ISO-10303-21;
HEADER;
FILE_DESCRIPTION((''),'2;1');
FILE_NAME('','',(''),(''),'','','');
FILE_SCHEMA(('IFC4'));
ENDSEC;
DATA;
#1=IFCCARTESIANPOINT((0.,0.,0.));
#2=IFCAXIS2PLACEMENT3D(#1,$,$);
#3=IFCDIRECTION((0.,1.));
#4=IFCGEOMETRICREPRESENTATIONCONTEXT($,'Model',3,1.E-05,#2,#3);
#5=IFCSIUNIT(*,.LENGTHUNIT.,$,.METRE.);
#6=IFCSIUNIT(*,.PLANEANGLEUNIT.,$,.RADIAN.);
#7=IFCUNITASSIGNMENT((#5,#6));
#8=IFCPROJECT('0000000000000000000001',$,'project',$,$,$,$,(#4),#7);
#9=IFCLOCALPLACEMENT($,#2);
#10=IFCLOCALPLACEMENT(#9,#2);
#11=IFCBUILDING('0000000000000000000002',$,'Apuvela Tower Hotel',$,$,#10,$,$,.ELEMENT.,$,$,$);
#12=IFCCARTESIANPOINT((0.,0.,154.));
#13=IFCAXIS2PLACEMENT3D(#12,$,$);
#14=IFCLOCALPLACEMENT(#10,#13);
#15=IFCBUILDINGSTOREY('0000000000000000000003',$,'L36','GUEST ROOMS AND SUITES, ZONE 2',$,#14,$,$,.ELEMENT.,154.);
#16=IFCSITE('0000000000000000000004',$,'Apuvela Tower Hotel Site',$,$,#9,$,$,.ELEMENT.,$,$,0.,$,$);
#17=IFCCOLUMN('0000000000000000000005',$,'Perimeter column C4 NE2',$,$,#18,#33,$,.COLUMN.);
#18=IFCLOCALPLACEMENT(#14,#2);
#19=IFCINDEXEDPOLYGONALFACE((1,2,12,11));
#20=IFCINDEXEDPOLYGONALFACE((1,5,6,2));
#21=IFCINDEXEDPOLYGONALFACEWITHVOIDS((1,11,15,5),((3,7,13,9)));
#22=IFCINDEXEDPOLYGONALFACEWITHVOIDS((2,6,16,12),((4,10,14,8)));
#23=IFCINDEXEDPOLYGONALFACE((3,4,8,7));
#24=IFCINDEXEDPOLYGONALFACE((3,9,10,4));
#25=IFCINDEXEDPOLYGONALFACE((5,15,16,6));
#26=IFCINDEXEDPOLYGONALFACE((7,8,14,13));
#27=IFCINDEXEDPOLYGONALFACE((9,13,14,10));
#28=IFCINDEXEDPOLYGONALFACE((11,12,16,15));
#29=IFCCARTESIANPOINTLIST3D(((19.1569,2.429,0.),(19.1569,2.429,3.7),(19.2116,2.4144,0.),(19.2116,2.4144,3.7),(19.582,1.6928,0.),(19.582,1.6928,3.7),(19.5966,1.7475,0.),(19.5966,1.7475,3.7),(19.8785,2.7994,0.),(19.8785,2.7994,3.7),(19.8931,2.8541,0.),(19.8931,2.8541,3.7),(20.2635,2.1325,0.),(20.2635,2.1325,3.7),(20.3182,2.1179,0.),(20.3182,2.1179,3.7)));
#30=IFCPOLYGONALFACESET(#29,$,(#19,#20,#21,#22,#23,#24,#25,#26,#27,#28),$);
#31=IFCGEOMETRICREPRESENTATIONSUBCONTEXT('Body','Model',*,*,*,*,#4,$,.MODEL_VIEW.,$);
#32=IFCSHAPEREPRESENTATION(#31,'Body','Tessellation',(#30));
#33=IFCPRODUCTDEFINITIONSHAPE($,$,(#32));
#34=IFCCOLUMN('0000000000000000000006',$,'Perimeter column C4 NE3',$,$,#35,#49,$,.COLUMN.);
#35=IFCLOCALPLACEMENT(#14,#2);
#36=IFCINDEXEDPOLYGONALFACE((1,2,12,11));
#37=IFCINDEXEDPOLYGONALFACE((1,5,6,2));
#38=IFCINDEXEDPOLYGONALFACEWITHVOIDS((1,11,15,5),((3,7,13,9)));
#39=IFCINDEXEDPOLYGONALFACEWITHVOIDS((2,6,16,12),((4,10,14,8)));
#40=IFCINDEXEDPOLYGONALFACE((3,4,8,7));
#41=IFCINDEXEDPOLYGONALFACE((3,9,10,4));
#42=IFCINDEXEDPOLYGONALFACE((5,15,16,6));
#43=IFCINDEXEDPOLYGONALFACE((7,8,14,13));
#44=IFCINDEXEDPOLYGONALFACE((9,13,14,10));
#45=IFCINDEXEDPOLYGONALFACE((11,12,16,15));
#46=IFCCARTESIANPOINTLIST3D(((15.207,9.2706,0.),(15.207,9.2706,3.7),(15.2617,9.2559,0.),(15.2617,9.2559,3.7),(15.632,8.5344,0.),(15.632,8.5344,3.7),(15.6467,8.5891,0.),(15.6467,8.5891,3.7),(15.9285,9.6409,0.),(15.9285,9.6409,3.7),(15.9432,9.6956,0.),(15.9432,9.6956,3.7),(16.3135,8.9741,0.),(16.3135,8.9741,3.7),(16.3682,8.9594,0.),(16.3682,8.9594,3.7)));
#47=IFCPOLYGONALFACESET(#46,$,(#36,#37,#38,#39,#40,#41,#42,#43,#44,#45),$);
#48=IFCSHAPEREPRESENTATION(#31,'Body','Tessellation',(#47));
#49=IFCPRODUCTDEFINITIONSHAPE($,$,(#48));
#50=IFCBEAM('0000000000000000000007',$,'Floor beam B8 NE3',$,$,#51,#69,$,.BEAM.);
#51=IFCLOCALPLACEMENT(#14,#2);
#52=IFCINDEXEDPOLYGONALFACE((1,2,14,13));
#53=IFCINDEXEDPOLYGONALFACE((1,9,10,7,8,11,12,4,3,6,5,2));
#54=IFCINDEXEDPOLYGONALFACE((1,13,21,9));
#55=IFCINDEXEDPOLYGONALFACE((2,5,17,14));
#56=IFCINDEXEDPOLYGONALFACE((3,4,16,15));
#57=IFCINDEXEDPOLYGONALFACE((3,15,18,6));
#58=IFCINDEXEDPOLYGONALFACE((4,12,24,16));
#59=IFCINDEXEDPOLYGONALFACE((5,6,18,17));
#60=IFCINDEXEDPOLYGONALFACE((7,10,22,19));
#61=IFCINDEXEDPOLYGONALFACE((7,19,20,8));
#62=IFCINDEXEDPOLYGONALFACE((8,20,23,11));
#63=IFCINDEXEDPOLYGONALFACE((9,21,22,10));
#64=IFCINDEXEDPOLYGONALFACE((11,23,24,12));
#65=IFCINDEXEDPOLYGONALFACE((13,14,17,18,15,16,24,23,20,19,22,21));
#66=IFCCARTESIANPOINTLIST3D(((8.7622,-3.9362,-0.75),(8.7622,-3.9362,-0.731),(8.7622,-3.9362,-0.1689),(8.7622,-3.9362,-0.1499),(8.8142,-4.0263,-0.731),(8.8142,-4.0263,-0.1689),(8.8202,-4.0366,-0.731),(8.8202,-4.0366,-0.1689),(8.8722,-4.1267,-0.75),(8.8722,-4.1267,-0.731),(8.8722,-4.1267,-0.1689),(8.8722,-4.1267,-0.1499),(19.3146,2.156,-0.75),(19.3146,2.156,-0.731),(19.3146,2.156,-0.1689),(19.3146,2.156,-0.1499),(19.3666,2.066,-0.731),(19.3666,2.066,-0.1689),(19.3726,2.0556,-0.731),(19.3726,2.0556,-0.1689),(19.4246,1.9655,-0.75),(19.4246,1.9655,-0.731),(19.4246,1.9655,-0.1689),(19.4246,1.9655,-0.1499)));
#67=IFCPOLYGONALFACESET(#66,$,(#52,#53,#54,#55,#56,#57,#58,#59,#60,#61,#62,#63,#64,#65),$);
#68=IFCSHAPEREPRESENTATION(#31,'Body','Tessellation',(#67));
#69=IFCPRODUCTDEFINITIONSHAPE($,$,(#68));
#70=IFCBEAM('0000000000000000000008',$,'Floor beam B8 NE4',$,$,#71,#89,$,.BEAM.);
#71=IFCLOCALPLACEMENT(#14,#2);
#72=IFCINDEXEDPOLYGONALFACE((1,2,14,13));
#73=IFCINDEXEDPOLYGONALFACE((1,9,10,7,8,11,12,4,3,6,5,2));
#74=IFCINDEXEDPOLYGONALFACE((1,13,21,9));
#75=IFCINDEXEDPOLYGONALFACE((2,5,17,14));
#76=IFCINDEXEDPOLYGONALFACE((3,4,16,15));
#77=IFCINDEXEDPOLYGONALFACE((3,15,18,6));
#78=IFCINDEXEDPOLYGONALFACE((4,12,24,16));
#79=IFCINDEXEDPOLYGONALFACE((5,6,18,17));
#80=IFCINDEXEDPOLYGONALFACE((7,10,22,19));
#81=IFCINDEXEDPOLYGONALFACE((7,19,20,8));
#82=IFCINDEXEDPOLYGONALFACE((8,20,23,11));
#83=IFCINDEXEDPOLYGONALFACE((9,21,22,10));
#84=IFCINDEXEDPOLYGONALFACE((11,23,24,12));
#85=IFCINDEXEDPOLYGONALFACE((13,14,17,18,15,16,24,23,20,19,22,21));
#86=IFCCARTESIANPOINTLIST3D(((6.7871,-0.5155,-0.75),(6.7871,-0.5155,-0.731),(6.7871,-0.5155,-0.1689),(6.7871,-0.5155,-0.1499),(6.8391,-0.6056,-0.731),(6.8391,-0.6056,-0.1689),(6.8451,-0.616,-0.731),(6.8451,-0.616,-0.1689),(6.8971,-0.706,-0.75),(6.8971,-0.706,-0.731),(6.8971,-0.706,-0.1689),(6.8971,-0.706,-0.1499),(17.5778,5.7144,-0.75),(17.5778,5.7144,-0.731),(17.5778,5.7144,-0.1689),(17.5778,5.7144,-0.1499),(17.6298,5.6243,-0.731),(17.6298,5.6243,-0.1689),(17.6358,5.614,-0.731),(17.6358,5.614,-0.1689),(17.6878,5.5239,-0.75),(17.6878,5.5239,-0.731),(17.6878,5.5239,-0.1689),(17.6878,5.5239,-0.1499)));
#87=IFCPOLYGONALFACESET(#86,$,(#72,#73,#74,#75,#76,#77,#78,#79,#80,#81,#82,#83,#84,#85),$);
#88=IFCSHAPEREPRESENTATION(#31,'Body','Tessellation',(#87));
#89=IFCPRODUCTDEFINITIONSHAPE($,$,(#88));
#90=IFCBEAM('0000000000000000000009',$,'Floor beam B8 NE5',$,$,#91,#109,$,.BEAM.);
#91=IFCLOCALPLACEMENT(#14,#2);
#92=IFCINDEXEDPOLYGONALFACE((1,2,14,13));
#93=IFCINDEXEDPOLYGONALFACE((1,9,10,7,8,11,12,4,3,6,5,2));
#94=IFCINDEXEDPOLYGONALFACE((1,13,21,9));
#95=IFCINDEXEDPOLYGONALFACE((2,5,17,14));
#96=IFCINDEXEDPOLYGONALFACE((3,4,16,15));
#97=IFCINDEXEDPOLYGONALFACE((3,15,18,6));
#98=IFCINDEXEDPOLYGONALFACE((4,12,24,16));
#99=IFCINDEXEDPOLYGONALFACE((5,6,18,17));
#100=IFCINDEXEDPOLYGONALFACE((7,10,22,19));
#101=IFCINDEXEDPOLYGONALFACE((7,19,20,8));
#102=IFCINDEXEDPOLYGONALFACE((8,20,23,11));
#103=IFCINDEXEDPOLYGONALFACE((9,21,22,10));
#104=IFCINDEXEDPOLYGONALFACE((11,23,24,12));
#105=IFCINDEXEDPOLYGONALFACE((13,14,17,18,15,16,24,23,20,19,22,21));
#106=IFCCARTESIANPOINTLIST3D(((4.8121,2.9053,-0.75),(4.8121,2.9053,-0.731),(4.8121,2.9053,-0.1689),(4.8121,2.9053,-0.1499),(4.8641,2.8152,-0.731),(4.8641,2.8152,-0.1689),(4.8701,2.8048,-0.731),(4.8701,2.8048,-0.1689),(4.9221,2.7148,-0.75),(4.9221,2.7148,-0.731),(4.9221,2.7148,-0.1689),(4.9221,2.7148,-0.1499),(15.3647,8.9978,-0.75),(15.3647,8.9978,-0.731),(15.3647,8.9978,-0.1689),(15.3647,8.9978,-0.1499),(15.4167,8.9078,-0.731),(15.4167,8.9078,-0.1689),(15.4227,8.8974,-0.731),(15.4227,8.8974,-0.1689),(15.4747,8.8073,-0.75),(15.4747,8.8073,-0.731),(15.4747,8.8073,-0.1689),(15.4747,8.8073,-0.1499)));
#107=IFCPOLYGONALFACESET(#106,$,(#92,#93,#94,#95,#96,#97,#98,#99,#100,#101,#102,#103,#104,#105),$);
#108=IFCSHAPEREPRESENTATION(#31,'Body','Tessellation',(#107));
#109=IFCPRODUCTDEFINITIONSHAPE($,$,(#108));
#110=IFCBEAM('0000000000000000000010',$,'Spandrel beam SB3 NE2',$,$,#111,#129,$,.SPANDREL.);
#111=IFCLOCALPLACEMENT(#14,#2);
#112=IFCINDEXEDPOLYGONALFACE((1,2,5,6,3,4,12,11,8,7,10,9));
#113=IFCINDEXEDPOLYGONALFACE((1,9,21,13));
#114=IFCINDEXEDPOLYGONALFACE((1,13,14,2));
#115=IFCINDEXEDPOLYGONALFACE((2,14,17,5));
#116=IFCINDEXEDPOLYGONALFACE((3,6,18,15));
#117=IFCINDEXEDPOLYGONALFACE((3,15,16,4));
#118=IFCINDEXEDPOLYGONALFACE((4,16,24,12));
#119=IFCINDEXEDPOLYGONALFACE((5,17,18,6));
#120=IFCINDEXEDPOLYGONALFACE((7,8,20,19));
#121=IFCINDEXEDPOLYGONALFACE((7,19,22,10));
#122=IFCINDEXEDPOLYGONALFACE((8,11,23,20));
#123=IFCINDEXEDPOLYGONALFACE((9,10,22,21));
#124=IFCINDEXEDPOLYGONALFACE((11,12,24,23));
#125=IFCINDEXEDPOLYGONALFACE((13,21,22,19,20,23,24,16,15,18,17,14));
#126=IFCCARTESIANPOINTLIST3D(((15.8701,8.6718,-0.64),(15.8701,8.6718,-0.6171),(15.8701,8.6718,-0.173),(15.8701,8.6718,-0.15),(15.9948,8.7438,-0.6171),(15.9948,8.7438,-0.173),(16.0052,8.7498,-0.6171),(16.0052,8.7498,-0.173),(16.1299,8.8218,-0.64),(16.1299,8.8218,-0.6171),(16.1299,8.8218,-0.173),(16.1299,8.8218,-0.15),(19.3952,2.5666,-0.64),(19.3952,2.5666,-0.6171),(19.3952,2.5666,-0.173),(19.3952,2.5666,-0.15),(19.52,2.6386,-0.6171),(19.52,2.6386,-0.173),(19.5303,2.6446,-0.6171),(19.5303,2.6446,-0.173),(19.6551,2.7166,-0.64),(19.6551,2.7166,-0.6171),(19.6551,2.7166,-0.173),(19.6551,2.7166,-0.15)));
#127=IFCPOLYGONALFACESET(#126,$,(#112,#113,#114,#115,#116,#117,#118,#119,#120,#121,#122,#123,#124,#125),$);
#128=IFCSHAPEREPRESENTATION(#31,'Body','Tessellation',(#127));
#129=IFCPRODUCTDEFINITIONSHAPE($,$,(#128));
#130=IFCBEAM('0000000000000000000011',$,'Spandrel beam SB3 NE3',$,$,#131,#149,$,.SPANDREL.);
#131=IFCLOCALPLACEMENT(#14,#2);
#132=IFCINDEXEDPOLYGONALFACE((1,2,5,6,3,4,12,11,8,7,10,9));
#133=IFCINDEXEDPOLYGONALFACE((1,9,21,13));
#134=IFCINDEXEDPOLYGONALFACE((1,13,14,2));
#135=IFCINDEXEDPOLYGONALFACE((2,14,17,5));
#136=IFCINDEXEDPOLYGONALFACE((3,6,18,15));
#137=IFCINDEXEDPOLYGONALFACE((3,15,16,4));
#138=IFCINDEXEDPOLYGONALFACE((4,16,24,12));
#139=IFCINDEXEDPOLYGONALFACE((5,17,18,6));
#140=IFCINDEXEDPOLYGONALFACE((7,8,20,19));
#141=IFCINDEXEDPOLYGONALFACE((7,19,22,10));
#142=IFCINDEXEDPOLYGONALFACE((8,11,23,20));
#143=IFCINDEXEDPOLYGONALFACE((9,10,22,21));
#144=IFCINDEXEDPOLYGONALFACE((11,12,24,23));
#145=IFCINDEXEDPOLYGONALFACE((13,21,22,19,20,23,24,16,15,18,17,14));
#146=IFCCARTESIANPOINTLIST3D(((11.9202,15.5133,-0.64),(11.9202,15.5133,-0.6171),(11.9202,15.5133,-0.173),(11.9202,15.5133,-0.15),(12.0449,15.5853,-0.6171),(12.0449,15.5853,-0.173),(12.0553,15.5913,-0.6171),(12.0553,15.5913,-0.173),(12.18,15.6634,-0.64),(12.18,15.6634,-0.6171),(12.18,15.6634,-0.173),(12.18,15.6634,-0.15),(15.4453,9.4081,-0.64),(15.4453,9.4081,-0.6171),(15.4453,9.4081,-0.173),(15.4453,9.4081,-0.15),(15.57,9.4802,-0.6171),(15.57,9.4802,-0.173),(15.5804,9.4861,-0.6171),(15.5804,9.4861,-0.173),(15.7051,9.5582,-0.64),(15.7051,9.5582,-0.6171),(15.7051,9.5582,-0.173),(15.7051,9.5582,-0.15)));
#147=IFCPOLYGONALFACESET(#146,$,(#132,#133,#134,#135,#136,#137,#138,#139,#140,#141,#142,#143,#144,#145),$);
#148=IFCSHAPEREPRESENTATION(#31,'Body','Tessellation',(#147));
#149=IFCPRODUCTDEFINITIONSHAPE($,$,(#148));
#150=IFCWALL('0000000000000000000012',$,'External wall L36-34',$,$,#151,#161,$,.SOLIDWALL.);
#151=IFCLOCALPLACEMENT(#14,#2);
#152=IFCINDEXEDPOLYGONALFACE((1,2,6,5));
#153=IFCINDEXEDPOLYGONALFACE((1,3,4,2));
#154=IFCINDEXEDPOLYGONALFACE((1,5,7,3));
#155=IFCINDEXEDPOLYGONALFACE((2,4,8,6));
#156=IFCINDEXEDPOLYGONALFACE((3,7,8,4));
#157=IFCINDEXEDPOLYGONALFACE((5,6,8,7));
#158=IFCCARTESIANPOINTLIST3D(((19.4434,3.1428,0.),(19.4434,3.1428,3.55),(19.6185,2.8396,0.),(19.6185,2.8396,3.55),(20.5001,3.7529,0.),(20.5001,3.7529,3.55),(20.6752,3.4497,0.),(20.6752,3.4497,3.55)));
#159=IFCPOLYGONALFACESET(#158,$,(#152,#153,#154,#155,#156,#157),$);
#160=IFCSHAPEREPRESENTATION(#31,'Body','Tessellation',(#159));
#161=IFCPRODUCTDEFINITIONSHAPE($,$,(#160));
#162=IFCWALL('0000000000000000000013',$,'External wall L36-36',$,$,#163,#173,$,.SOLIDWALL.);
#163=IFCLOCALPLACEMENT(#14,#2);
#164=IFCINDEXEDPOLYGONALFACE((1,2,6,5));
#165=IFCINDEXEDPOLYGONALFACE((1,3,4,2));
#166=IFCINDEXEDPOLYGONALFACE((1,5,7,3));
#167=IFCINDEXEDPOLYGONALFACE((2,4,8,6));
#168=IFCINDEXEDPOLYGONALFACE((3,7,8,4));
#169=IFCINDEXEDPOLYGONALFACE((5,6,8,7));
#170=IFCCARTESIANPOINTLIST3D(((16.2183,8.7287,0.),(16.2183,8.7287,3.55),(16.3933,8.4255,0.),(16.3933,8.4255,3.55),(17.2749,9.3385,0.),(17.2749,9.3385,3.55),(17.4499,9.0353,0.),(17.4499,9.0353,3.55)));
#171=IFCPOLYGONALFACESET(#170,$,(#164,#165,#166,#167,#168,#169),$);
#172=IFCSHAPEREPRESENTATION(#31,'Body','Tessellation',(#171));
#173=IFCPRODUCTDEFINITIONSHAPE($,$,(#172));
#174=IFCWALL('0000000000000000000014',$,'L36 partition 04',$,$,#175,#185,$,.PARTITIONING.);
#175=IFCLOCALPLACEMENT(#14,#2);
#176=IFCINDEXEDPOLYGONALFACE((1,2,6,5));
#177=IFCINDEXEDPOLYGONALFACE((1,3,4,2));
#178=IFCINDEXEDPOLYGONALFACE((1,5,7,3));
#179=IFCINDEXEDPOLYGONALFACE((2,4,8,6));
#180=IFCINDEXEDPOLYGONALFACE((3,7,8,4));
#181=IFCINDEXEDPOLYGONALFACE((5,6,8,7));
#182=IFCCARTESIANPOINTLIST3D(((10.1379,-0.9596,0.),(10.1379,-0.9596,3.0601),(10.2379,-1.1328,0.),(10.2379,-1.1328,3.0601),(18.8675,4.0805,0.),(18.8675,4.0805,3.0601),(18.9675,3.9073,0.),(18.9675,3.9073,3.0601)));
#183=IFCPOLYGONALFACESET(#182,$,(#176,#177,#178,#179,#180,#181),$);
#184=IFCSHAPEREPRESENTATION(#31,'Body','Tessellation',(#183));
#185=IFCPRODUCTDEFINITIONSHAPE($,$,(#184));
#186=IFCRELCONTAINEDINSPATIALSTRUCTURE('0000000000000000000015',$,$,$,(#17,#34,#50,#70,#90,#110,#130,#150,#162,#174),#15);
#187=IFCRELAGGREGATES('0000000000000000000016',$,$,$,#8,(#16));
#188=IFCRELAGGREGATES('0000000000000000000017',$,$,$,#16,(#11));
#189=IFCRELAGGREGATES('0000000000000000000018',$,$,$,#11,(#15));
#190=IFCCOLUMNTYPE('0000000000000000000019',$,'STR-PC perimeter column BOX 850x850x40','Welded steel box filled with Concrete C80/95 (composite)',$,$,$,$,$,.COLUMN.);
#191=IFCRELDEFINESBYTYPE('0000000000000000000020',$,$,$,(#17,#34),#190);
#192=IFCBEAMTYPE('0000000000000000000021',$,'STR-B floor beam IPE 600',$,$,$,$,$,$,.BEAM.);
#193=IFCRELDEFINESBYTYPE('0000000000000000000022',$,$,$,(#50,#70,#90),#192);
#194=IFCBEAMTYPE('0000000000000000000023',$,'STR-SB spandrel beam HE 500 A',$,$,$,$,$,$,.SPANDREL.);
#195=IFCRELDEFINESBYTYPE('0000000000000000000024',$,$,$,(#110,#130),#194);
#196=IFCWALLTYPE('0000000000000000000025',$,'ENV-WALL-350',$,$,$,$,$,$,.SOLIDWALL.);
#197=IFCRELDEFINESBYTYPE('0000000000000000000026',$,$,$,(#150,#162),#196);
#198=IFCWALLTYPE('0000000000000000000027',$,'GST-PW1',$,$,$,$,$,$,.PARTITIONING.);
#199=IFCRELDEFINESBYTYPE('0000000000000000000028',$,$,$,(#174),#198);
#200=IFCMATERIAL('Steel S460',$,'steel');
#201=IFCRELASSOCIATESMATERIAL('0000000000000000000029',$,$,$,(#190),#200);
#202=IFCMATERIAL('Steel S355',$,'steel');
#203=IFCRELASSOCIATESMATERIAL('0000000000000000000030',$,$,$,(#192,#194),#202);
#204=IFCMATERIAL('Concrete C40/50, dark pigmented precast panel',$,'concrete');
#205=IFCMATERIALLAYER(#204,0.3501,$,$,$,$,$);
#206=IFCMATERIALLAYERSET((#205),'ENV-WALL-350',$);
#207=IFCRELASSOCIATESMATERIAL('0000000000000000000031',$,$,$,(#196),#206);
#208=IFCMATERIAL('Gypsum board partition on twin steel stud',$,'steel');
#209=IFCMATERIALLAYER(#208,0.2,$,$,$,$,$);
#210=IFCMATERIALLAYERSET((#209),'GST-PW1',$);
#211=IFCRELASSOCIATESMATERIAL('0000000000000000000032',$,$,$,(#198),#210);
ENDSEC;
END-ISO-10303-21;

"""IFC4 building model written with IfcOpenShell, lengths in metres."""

from ifc_helpers import new_model, si_unit, direction, frame, frame_2d, origin, origin_2d, place, context, subcontext, project, spatial, rectangle, hollow_rectangle, i_section, extrude, material, layer, layer_set, material_profile, profile_set, type_object, element, save


model = new_model("IFC4")

# Units and contexts
model_context = context("Model", 3, precision=1e-05, world=origin(), true_north=direction((0.0, 1.0)))
body_context = subcontext(model_context, "Body", "Model", "MODEL_VIEW")
ifc_project = project(units=[si_unit("LENGTHUNIT", "METRE"), si_unit("PLANEANGLEUNIT", "RADIAN")], contexts=[model_context])

# Site, building, storey
site_placement = place(None, origin())
site = spatial("IfcSite", under=ifc_project, at=site_placement, Name="Apuvela Tower Hotel Site", CompositionType="ELEMENT", RefElevation=0.0)
building_placement = place(site_placement, origin())
building = spatial("IfcBuilding", under=site, at=building_placement, Name="Apuvela Tower Hotel", CompositionType="ELEMENT")
storey_placement = place(building_placement, frame((0.0, 0.0, 154.0)))
storey = spatial("IfcBuildingStorey", under=building, at=storey_placement, Name="L36", Description="GUEST ROOMS AND SUITES, ZONE 2", CompositionType="ELEMENT", Elevation=154.0)

# Columns
ifc_material_1 = material(Name="Steel S460", Category="steel")
ifc_material_profile_1 = material_profile(ifc_material_1, hollow_rectangle(XDim=0.8501, YDim=0.8501, WallThickness=0.04, at=origin_2d()), Name="BOX 850x850x40")
ifc_material_2 = material(Name="Concrete C80/95", Category="concrete")
ifc_material_profile_2 = material_profile(ifc_material_2, rectangle(XDim=0.77, YDim=0.77, at=origin_2d()), Name="Concrete C80/95 infill")
ifc_profile_set_1 = profile_set([ifc_material_profile_1, ifc_material_profile_2], Name="Steel S460")
column_type = type_object("IfcColumnType", Name="STR-PC perimeter column BOX 850x850x40", Description="Welded steel box filled with Concrete C80/95 (composite)", PredefinedType="COLUMN", material=ifc_profile_set_1)
for number, where, z_axis, x_axis, name in (
    (1, (19.7375, 2.2734, 0.0), (0.0, 0.0, 1.0), (-0.5, 0.866025, 0.0), "Perimeter column C4 NE2"),
    (2, (15.7876, 9.115, 0.0), (0.0, 0.0, 1.0), (-0.5, 0.866025, 0.0), "Perimeter column C4 NE3"),
):
    element("IfcColumn", number, at=place(storey_placement, frame(where, z_axis=z_axis, x_axis=x_axis)), inside=storey, type_object=column_type, Name=name, PredefinedType="COLUMN", context=body_context, shape_type="SweptSolid", body=[
        extrude(hollow_rectangle(XDim=0.8501, YDim=0.8501, WallThickness=0.04, at=origin_2d()), origin(), (0.0, 0.0, 1.0), 3.7),
    ])

# Beams
ifc_material_3 = material(Name="Steel S355", Category="steel")
ifc_material_profile_3 = material_profile(ifc_material_3, i_section(OverallWidth=0.22, OverallDepth=0.6001, WebThickness=0.012, FlangeThickness=0.019, at=origin_2d()), Name="IPE 600")
ifc_profile_set_2 = profile_set([ifc_material_profile_3], Name="Steel S355")
beam_type_1 = type_object("IfcBeamType", Name="STR-B floor beam IPE 600", PredefinedType="BEAM", material=ifc_profile_set_2)
beam_1_placement = place(storey_placement, frame((19.3696, 2.0608, -0.45), z_axis=(-0.866032, -0.499988, 0.0), x_axis=(0.499988, -0.866032, 0.0)))
element("IfcBeam", 3, at=beam_1_placement, inside=storey, type_object=beam_type_1, Name="Floor beam B8 NE3", PredefinedType="BEAM", context=body_context, shape_type="SweptSolid", body=[
    extrude(i_section(OverallWidth=0.22, OverallDepth=0.6001, WebThickness=0.012, FlangeThickness=0.019, at=origin_2d()), origin(), (0.0, 0.0, 1.0), 12.1848),
])
beam_2_placement = place(storey_placement, frame((17.6328, 5.6191, -0.45), z_axis=(-0.866028, -0.499996, 0.0), x_axis=(0.499996, -0.866028, 0.0)))
element("IfcBeam", 4, at=beam_2_placement, inside=storey, type_object=beam_type_1, Name="Floor beam B8 NE4", PredefinedType="BEAM", context=body_context, shape_type="SweptSolid", body=[
    extrude(i_section(OverallWidth=0.22, OverallDepth=0.6001, WebThickness=0.012, FlangeThickness=0.019, at=origin_2d()), origin(), (0.0, 0.0, 1.0), 12.46),
])
beam_3_placement = place(storey_placement, frame((15.4197, 8.9026, -0.45), z_axis=(-0.866024, -0.500003, 0.0), x_axis=(0.500003, -0.866024, 0.0)))
element("IfcBeam", 5, at=beam_3_placement, inside=storey, type_object=beam_type_1, Name="Floor beam B8 NE5", PredefinedType="BEAM", context=body_context, shape_type="SweptSolid", body=[
    extrude(i_section(OverallWidth=0.22, OverallDepth=0.6001, WebThickness=0.012, FlangeThickness=0.019, at=origin_2d()), origin(), (0.0, 0.0, 1.0), 12.1851),
])
ifc_material_profile_4 = material_profile(ifc_material_3, i_section(OverallWidth=0.3, OverallDepth=0.49, WebThickness=0.012, FlangeThickness=0.0229, at=origin_2d()), Name="HE 500 A")
ifc_profile_set_3 = profile_set([ifc_material_profile_4], Name="Steel S355")
beam_type_2 = type_object("IfcBeamType", Name="STR-SB spandrel beam HE 500 A", PredefinedType="SPANDREL", material=ifc_profile_set_3)
for number, where, z_axis, x_axis, name in (
    (6, (19.5251, 2.6416, -0.395), (-0.500031, 0.866007, 0.0), (-0.866007, -0.500031, 0.0), "Spandrel beam SB3 NE2"),
    (7, (15.5752, 9.4832, -0.395), (-0.500031, 0.866007, 0.0), (-0.866007, -0.500031, 0.0), "Spandrel beam SB3 NE3"),
):
    element("IfcBeam", number, at=place(storey_placement, frame(where, z_axis=z_axis, x_axis=x_axis)), inside=storey, type_object=beam_type_2, Name=name, PredefinedType="SPANDREL", context=body_context, shape_type="SweptSolid", body=[
        extrude(i_section(OverallWidth=0.3, OverallDepth=0.49, WebThickness=0.012, FlangeThickness=0.0229, at=origin_2d()), origin(), (0.0, 0.0, 1.0), 7.0498),
    ])

# Wall
ifc_material_4 = material(Name="Concrete C40/50, dark pigmented precast panel", Category="concrete")
ifc_layer_1 = layer(ifc_material_4, 0.3501)
ifc_layer_set_1 = layer_set([ifc_layer_1], Name="ENV-WALL-350")
wall_type_1 = type_object("IfcWallType", Name="ENV-WALL-350", PredefinedType="SOLIDWALL", material=ifc_layer_set_1)
wall_1_placement = place(storey_placement, frame((20.5876, 3.6013, 0.0), z_axis=(0.0, 0.0, 1.0), x_axis=(-0.866006, -0.500034, 0.0)))
element("IfcWall", 8, at=wall_1_placement, inside=storey, type_object=wall_type_1, Name="External wall L36-34", PredefinedType="SOLIDWALL", context=body_context, shape_type="SweptSolid", body=[
    extrude(rectangle(XDim=1.2202, YDim=0.3501, at=frame_2d((0.6101, 0.0))), origin(), (0.0, 0.0, 1.0), 3.55),
])

# Wall
wall_2_placement = place(storey_placement, frame((16.3059, 8.5771, 0.0), z_axis=(0.0, 0.0, 1.0), x_axis=(0.866092, 0.499884, 0.0)))
element("IfcWall", 9, at=wall_2_placement, inside=storey, type_object=wall_type_1, Name="External wall L36-36", PredefinedType="SOLIDWALL", context=body_context, shape_type="SweptSolid", body=[
    extrude(rectangle(XDim=1.22, YDim=0.3501, at=frame_2d((0.6099, 0.0))), origin(), (0.0, 0.0, 1.0), 3.55),
])

# Wall
ifc_material_5 = material(Name="Gypsum board partition on twin steel stud", Category="steel")
ifc_layer_2 = layer(ifc_material_5, 0.2)
ifc_layer_set_2 = layer_set([ifc_layer_2], Name="GST-PW1")
wall_type_2 = type_object("IfcWallType", Name="GST-PW1", PredefinedType="PARTITIONING", material=ifc_layer_set_2)
wall_3_placement = place(storey_placement, frame((18.9175, 3.9939, 0.0), z_axis=(0.0, 0.0, 1.0), x_axis=(-0.866023, -0.500005, 0.0)))
element("IfcWall", 10, at=wall_3_placement, inside=storey, type_object=wall_type_2, Name="L36 partition 04", PredefinedType="PARTITIONING", context=body_context, shape_type="SweptSolid", body=[
    extrude(rectangle(XDim=10.0801, YDim=0.2, at=frame_2d((5.04, 0.0))), origin(), (0.0, 0.0, 1.0), 3.0601),
])

save(model, "model.ifc")
